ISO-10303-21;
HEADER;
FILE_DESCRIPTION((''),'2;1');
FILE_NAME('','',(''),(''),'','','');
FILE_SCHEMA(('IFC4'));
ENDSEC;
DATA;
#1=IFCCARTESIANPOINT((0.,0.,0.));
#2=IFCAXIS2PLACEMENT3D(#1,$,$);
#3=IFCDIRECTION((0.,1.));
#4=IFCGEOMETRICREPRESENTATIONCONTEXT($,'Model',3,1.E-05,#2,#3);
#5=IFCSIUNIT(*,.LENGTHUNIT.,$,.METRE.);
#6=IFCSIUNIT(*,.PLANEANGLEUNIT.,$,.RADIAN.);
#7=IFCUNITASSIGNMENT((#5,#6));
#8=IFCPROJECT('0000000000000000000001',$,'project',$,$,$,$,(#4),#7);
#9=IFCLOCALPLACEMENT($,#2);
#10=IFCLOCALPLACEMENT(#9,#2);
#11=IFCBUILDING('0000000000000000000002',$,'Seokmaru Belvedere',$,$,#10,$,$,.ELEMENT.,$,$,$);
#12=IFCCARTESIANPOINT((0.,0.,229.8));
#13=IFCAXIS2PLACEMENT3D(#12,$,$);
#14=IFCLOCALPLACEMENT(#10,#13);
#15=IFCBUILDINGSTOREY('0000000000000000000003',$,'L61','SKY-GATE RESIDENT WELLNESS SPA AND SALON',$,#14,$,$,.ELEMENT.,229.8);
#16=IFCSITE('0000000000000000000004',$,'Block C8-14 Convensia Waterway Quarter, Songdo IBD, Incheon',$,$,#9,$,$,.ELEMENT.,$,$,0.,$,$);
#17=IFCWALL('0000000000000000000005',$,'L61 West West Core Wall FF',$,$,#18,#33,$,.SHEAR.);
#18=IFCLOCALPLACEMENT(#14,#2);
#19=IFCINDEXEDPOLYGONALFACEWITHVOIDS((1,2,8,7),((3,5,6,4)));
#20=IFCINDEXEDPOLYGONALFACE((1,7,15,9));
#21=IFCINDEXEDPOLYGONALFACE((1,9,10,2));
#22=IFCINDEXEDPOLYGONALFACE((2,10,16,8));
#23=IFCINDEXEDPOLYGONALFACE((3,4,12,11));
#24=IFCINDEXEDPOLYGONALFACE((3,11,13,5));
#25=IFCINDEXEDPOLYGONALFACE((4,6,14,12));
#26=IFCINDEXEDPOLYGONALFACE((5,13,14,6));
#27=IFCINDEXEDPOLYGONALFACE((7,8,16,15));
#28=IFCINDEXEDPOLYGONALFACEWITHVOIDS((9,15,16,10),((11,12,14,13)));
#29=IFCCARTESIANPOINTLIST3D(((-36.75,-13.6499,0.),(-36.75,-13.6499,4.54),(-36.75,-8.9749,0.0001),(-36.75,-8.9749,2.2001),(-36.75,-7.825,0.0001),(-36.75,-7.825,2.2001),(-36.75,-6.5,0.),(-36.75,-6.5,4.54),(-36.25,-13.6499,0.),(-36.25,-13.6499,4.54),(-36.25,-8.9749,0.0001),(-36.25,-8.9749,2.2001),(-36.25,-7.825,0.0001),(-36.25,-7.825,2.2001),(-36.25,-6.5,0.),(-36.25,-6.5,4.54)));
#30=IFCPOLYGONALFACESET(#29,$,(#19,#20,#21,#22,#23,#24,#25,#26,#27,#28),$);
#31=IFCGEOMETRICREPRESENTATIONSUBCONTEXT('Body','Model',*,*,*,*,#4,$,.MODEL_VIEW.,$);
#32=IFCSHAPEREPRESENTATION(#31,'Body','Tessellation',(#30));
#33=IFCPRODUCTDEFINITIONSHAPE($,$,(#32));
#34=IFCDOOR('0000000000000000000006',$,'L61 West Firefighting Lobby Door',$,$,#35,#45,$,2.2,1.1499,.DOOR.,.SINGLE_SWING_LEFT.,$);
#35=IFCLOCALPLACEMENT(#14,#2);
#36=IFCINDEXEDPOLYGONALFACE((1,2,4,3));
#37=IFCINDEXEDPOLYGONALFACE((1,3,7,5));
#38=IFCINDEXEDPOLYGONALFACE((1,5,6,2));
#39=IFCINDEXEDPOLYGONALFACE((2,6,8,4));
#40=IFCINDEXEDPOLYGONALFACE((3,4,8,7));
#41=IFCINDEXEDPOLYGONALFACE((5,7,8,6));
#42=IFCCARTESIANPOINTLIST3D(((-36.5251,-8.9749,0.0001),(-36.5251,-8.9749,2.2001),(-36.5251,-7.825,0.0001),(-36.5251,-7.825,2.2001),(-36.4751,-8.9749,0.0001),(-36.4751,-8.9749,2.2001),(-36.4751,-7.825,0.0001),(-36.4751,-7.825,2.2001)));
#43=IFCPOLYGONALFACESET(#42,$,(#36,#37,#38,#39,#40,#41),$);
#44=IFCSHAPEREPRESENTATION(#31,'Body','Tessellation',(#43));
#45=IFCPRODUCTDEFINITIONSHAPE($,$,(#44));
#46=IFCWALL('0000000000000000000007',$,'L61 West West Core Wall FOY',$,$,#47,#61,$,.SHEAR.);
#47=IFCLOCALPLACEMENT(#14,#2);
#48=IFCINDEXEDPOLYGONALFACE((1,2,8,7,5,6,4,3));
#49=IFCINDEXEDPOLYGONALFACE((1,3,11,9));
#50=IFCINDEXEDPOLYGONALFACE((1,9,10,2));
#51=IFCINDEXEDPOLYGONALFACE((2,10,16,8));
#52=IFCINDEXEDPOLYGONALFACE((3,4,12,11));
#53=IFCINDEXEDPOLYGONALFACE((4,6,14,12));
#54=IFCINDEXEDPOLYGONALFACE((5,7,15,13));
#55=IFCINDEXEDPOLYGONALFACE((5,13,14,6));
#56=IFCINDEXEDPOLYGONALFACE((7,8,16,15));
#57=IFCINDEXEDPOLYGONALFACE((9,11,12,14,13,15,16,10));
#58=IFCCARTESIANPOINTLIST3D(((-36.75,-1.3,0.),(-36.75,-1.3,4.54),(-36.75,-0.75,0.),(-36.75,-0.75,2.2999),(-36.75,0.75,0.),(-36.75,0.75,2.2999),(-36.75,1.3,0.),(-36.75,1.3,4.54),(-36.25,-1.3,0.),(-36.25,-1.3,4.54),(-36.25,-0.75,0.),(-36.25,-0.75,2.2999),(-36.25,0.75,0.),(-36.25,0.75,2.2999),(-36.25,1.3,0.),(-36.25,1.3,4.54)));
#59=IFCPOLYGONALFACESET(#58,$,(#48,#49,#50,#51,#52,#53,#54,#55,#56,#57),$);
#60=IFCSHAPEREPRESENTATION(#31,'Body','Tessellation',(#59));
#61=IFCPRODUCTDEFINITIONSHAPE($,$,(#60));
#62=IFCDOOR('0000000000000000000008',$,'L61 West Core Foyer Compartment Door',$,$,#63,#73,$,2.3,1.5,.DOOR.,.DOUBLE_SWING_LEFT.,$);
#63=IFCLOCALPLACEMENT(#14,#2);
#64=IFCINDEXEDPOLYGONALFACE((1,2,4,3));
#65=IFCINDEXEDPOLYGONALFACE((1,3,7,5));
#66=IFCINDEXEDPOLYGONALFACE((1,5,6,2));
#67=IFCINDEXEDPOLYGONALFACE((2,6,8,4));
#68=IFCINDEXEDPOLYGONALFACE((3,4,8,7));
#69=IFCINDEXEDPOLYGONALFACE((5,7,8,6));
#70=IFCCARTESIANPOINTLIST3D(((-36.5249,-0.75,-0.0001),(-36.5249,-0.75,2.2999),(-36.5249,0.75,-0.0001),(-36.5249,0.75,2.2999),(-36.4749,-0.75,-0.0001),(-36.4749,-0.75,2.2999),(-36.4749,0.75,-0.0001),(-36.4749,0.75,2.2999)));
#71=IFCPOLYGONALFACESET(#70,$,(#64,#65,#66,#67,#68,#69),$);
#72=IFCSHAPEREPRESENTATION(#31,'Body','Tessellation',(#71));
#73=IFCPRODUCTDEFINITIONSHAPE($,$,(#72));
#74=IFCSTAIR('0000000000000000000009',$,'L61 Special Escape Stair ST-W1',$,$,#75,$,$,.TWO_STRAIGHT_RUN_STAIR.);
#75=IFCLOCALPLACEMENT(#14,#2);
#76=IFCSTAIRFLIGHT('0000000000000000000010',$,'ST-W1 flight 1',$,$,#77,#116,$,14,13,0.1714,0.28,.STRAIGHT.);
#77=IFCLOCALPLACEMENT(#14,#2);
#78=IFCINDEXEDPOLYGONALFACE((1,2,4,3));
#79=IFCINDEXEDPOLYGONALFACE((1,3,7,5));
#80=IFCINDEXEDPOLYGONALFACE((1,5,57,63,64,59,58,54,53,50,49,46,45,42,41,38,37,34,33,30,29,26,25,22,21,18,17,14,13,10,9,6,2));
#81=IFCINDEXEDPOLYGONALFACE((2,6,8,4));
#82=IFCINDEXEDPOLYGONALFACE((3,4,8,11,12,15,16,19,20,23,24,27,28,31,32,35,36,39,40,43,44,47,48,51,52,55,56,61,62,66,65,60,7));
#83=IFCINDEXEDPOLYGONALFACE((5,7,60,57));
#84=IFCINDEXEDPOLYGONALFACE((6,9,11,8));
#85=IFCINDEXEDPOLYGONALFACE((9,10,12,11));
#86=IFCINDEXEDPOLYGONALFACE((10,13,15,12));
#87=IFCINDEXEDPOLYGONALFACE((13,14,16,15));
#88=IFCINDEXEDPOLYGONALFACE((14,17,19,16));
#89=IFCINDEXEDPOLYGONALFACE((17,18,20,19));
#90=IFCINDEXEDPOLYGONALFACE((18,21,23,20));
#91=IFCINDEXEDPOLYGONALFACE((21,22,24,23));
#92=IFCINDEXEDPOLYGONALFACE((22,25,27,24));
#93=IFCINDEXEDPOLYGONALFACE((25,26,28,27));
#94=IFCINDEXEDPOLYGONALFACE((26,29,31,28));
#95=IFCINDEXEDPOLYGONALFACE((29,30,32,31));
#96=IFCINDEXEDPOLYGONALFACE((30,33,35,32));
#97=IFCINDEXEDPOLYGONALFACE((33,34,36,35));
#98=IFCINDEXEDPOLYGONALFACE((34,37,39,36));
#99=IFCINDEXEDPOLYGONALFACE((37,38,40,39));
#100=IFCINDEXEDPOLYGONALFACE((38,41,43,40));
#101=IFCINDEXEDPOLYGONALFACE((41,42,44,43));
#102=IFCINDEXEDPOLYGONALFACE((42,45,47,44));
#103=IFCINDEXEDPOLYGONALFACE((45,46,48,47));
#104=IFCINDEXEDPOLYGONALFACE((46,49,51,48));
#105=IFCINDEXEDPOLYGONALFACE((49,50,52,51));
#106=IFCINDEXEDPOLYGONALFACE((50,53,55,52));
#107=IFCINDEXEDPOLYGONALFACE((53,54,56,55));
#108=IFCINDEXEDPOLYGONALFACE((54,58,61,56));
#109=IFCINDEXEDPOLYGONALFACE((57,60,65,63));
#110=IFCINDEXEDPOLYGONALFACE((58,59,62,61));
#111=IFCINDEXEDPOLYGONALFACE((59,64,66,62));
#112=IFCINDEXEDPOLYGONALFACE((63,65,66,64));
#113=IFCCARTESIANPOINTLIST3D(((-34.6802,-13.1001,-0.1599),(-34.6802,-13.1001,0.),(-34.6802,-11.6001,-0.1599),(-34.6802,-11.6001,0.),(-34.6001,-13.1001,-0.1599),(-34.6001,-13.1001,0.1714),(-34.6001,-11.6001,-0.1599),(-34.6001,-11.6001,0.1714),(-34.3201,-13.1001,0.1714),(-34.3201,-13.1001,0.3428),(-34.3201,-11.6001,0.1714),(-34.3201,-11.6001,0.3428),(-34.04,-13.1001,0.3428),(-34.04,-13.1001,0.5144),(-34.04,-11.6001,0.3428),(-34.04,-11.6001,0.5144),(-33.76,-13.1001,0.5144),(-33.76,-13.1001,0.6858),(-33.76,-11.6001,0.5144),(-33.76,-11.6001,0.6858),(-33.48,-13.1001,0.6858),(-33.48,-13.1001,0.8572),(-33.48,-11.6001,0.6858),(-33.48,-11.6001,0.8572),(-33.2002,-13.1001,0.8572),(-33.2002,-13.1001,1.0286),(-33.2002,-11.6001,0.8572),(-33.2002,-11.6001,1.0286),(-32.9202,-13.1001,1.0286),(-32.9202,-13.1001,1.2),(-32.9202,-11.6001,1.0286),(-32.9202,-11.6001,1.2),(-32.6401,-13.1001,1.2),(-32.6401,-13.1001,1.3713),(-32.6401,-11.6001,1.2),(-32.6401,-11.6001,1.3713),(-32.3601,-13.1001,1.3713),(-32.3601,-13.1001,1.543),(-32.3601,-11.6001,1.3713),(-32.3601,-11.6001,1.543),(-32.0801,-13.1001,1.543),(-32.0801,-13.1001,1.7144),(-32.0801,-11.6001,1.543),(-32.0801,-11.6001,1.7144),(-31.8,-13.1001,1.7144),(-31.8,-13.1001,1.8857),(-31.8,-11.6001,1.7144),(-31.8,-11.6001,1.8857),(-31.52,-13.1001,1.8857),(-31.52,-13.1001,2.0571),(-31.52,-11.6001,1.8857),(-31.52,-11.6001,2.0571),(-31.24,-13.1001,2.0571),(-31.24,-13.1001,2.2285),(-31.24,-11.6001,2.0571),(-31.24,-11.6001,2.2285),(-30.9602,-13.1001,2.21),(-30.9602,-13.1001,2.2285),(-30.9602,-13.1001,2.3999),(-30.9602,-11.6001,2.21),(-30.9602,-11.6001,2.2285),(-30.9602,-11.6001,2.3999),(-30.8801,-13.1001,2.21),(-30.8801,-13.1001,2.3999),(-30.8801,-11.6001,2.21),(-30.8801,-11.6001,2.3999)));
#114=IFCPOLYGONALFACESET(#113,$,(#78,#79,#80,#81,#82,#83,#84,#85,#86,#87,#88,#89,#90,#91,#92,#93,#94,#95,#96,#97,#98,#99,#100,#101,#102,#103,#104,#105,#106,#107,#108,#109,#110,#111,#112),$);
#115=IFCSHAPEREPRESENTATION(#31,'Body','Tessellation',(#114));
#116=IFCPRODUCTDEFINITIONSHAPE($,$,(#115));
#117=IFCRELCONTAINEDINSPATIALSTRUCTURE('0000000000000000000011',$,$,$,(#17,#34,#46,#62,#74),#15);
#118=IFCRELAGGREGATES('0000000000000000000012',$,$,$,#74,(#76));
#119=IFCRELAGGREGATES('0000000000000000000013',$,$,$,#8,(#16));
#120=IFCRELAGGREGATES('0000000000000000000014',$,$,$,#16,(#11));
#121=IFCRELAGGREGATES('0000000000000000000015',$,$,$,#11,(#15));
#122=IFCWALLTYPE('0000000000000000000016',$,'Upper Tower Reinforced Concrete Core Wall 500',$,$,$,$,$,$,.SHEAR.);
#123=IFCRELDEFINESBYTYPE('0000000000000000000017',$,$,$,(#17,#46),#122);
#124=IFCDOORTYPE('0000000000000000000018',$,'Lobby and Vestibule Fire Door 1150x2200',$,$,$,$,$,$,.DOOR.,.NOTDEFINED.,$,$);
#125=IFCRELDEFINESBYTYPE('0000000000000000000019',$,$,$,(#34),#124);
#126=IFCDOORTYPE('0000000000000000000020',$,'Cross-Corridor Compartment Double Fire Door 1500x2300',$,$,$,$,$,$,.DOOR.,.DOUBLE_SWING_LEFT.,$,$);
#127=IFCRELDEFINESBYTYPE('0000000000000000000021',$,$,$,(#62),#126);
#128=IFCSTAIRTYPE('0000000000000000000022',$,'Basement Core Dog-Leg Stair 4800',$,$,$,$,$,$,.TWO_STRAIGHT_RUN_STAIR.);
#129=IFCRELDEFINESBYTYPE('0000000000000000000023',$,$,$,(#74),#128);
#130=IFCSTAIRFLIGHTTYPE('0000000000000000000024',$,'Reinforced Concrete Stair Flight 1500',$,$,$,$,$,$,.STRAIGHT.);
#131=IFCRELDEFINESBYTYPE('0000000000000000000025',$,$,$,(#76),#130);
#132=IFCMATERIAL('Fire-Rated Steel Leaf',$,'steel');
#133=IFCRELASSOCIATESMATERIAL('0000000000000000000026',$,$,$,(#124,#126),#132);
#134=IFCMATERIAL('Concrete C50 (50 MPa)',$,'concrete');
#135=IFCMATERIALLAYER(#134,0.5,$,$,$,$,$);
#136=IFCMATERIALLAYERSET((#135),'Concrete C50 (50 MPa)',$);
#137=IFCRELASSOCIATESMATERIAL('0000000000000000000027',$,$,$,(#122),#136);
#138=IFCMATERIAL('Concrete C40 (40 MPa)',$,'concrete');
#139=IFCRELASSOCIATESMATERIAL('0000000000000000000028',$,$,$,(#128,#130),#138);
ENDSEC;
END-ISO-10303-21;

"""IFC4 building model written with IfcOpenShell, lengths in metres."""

from ifc_helpers import new_model, si_unit, direction, frame, frame_2d, origin, place, context, subcontext, project, spatial, polyline, rectangle, outline, extrude, source, transform, mapped, material, layer, layer_set, type_object, type_shapes, element, fill, aggregate, save


model = new_model("IFC4")

# Units and contexts
model_context = context("Model", 3, precision=1e-05, world=origin(), true_north=direction((0.0, 1.0)))
body_context = subcontext(model_context, "Body", "Model", "MODEL_VIEW")
ifc_project = project(units=[si_unit("LENGTHUNIT", "METRE"), si_unit("PLANEANGLEUNIT", "RADIAN")], contexts=[model_context])

# Site, building, storey
site_placement = place(None, origin())
site = spatial("IfcSite", under=ifc_project, at=site_placement, Name="Block C8-14 Convensia Waterway Quarter, Songdo IBD, Incheon", CompositionType="ELEMENT", RefElevation=0.0)
building_placement = place(site_placement, origin())
building = spatial("IfcBuilding", under=site, at=building_placement, Name="Seokmaru Belvedere", CompositionType="ELEMENT")
storey_placement = place(building_placement, frame((0.0, 0.0, 229.8)))
storey = spatial("IfcBuildingStorey", under=building, at=storey_placement, Name="L61", Description="SKY-GATE RESIDENT WELLNESS SPA AND SALON", CompositionType="ELEMENT", Elevation=229.8)

# Shared definitions
ifc_material_1 = material(Name="Fire-Rated Steel Leaf", Category="steel")
door_type_1 = type_object("IfcDoorType", Name="Lobby and Vestibule Fire Door 1150x2200", OperationType="NOTDEFINED", PredefinedType="DOOR", material=ifc_material_1)
shared_shape_1 = source(origin(), body_context, "Body", "SweptSolid", [
    extrude(rectangle(XDim=1.1499, YDim=2.2, at=frame_2d((0.575, 1.1001))), frame((0.0, 0.0249, 0.0), z_axis=(0.0, -1.0, 0.0), x_axis=(1.0, 0.0, 0.0)), (0.0, 0.0, 1.0), 0.05),
])
type_shapes(door_type_1, [shared_shape_1])

# Shared definitions
ifc_material_2 = material(Name="Concrete C50 (50 MPa)", Category="concrete")

# Shared definitions
ifc_layer_1 = layer(ifc_material_2, 0.5)
ifc_layer_set_1 = layer_set([ifc_layer_1], Name="Concrete C50 (50 MPa)")
wall_type_1 = type_object("IfcWallType", Name="Upper Tower Reinforced Concrete Core Wall 500", PredefinedType="SHEAR", material=ifc_layer_set_1)

# Walls, openings, doors
wall_1_placement = place(storey_placement, frame((-36.5, -13.6499, 0.0), z_axis=(0.0, 0.0, 1.0), x_axis=(0.0, 1.0, 0.0)))
wall_1 = element("IfcWall", 1, at=wall_1_placement, inside=storey, type_object=wall_type_1, Name="L61 West West Core Wall FF", PredefinedType="SHEAR", context=body_context, shape_type="SweptSolid", body=[
    extrude(rectangle(XDim=7.1499, YDim=0.5, at=frame_2d((3.575, 0.0))), origin(), (0.0, 0.0, 1.0), 4.54),
])
opening_1_placement = place(wall_1_placement, frame((4.675, 0.0, 0.0)))
opening_1 = element("IfcOpeningElement", 2, at=opening_1_placement, cuts=wall_1, PredefinedType="OPENING", context=body_context, shape_type="SweptSolid", body=[
    extrude(rectangle(XDim=1.1499, YDim=2.2, at=frame_2d((0.575, 1.1001))), frame((0.0, 0.26, 0.0), z_axis=(0.0, -1.0, 0.0), x_axis=(1.0, 0.0, 0.0)), (0.0, 0.0, 1.0), 0.52),
])
door_1_placement = place(opening_1_placement, frame((1.1499, 0.0, 0.0), z_axis=(0.0, 0.0, 1.0), x_axis=(-1.0, 0.0, 0.0)))
door_1 = element("IfcDoor", 3, at=door_1_placement, inside=storey, type_object=door_type_1, Name="L61 West Firefighting Lobby Door", OperationType="SINGLE_SWING_LEFT", OverallHeight=2.2, OverallWidth=1.1499, PredefinedType="DOOR", context=body_context, shape_type="MappedRepresentation", body=[
    mapped(shared_shape_1, transform((0.0, 0.0, 0.0), scale=1.0)),
])
fill(opening_1, door_1)
wall_2_placement = place(storey_placement, frame((-36.5, -1.3, 0.0), z_axis=(0.0, 0.0, 1.0), x_axis=(0.0, 1.0, 0.0)))
wall_2 = element("IfcWall", 4, at=wall_2_placement, inside=storey, type_object=wall_type_1, Name="L61 West West Core Wall FOY", PredefinedType="SHEAR", context=body_context, shape_type="SweptSolid", body=[
    extrude(rectangle(XDim=2.6001, YDim=0.5, at=frame_2d((1.3, 0.0))), origin(), (0.0, 0.0, 1.0), 4.54),
])
opening_2_placement = place(wall_2_placement, frame((0.55, 0.0, 0.0)))
opening_2 = element("IfcOpeningElement", 5, at=opening_2_placement, cuts=wall_2, PredefinedType="OPENING", context=body_context, shape_type="SweptSolid", body=[
    extrude(rectangle(XDim=1.5, YDim=2.3, at=frame_2d((0.75, 1.1499))), frame((0.0, 0.26, 0.0), z_axis=(0.0, -1.0, 0.0), x_axis=(1.0, 0.0, 0.0)), (0.0, 0.0, 1.0), 0.52),
])
door_type_2 = type_object("IfcDoorType", Name="Cross-Corridor Compartment Double Fire Door 1500x2300", OperationType="DOUBLE_SWING_LEFT", PredefinedType="DOOR", material=ifc_material_1)
shared_shape_2 = source(origin(), body_context, "Body", "SweptSolid", [
    extrude(rectangle(XDim=1.5, YDim=2.3, at=frame_2d((0.75, 1.1499))), frame((0.0, 0.0249, 0.0), z_axis=(0.0, -1.0, 0.0), x_axis=(1.0, 0.0, 0.0)), (0.0, 0.0, 1.0), 0.05),
])
type_shapes(door_type_2, [shared_shape_2])
door_2_placement = place(opening_2_placement, origin())
door_2 = element("IfcDoor", 6, at=door_2_placement, inside=storey, type_object=door_type_2, Name="L61 West Core Foyer Compartment Door", OperationType="DOUBLE_SWING_LEFT", OverallHeight=2.3, OverallWidth=1.5, PredefinedType="DOOR", context=body_context, shape_type="MappedRepresentation", body=[
    mapped(shared_shape_2, transform((0.0, 0.0, 0.0), scale=1.0)),
])
fill(opening_2, door_2)

# Stair, stair flight
ifc_material_3 = material(Name="Concrete C40 (40 MPa)", Category="concrete")
stair_type = type_object("IfcStairType", Name="Basement Core Dog-Leg Stair 4800", PredefinedType="TWO_STRAIGHT_RUN_STAIR", material=ifc_material_3)
stair_placement = place(storey_placement, origin())
stair = element("IfcStair", 7, at=stair_placement, inside=storey, type_object=stair_type, Name="L61 Special Escape Stair ST-W1", PredefinedType="TWO_STRAIGHT_RUN_STAIR")
stair_flight_type = type_object("IfcStairFlightType", Name="Reinforced Concrete Stair Flight 1500", PredefinedType="STRAIGHT", material=ifc_material_3)
stair_flight_placement = place(storey_placement, frame((-34.6001, -12.3501, 0.0), z_axis=(0.0, 0.0, 1.0), x_axis=(1.0, 0.0, 0.0)))
stair_flight = element("IfcStairFlight", 8, at=stair_flight_placement, type_object=stair_flight_type, Name="ST-W1 flight 1", NumberOfRisers=14, NumberOfTreads=13, PredefinedType="STRAIGHT", RiserHeight=0.1714, TreadLength=0.28, context=body_context, shape_type="SweptSolid", body=[
    extrude(outline(polyline([(-0.0801, 0.0), (0.0, 0.1714), (0.28, 0.1714), (0.28, 0.3428), (0.5601, 0.3428), (0.5601, 0.5144), (0.8401, 0.5144), (0.8401, 0.6858), (1.1201, 0.6858), (1.1201, 0.8572), (1.3999, 0.8572), (1.3999, 1.0286), (1.6799, 1.0286), (1.6799, 1.2), (1.96, 1.2), (1.96, 1.3713), (2.24, 1.3713), (2.24, 1.543), (2.52, 1.543), (2.52, 1.7144), (2.8, 1.7144), (2.8, 1.8857), (3.0801, 1.8857), (3.0801, 2.0571), (3.3601, 2.0571), (3.3601, 2.2285), (3.6399, 2.2285), (3.6399, 2.3999), (3.72, 2.3999), (3.72, 2.21), (3.6399, 2.21), (0.0, -0.1599), (-0.0801, -0.1599), (-0.0801, 0.0)])), frame((0.0, 0.75, 0.0), z_axis=(0.0, -1.0, 0.0), x_axis=(1.0, 0.0, 0.0)), (0.0, 0.0, 1.0), 1.5),
])
aggregate(stair, [stair_flight])

save(model, "model.ifc")
